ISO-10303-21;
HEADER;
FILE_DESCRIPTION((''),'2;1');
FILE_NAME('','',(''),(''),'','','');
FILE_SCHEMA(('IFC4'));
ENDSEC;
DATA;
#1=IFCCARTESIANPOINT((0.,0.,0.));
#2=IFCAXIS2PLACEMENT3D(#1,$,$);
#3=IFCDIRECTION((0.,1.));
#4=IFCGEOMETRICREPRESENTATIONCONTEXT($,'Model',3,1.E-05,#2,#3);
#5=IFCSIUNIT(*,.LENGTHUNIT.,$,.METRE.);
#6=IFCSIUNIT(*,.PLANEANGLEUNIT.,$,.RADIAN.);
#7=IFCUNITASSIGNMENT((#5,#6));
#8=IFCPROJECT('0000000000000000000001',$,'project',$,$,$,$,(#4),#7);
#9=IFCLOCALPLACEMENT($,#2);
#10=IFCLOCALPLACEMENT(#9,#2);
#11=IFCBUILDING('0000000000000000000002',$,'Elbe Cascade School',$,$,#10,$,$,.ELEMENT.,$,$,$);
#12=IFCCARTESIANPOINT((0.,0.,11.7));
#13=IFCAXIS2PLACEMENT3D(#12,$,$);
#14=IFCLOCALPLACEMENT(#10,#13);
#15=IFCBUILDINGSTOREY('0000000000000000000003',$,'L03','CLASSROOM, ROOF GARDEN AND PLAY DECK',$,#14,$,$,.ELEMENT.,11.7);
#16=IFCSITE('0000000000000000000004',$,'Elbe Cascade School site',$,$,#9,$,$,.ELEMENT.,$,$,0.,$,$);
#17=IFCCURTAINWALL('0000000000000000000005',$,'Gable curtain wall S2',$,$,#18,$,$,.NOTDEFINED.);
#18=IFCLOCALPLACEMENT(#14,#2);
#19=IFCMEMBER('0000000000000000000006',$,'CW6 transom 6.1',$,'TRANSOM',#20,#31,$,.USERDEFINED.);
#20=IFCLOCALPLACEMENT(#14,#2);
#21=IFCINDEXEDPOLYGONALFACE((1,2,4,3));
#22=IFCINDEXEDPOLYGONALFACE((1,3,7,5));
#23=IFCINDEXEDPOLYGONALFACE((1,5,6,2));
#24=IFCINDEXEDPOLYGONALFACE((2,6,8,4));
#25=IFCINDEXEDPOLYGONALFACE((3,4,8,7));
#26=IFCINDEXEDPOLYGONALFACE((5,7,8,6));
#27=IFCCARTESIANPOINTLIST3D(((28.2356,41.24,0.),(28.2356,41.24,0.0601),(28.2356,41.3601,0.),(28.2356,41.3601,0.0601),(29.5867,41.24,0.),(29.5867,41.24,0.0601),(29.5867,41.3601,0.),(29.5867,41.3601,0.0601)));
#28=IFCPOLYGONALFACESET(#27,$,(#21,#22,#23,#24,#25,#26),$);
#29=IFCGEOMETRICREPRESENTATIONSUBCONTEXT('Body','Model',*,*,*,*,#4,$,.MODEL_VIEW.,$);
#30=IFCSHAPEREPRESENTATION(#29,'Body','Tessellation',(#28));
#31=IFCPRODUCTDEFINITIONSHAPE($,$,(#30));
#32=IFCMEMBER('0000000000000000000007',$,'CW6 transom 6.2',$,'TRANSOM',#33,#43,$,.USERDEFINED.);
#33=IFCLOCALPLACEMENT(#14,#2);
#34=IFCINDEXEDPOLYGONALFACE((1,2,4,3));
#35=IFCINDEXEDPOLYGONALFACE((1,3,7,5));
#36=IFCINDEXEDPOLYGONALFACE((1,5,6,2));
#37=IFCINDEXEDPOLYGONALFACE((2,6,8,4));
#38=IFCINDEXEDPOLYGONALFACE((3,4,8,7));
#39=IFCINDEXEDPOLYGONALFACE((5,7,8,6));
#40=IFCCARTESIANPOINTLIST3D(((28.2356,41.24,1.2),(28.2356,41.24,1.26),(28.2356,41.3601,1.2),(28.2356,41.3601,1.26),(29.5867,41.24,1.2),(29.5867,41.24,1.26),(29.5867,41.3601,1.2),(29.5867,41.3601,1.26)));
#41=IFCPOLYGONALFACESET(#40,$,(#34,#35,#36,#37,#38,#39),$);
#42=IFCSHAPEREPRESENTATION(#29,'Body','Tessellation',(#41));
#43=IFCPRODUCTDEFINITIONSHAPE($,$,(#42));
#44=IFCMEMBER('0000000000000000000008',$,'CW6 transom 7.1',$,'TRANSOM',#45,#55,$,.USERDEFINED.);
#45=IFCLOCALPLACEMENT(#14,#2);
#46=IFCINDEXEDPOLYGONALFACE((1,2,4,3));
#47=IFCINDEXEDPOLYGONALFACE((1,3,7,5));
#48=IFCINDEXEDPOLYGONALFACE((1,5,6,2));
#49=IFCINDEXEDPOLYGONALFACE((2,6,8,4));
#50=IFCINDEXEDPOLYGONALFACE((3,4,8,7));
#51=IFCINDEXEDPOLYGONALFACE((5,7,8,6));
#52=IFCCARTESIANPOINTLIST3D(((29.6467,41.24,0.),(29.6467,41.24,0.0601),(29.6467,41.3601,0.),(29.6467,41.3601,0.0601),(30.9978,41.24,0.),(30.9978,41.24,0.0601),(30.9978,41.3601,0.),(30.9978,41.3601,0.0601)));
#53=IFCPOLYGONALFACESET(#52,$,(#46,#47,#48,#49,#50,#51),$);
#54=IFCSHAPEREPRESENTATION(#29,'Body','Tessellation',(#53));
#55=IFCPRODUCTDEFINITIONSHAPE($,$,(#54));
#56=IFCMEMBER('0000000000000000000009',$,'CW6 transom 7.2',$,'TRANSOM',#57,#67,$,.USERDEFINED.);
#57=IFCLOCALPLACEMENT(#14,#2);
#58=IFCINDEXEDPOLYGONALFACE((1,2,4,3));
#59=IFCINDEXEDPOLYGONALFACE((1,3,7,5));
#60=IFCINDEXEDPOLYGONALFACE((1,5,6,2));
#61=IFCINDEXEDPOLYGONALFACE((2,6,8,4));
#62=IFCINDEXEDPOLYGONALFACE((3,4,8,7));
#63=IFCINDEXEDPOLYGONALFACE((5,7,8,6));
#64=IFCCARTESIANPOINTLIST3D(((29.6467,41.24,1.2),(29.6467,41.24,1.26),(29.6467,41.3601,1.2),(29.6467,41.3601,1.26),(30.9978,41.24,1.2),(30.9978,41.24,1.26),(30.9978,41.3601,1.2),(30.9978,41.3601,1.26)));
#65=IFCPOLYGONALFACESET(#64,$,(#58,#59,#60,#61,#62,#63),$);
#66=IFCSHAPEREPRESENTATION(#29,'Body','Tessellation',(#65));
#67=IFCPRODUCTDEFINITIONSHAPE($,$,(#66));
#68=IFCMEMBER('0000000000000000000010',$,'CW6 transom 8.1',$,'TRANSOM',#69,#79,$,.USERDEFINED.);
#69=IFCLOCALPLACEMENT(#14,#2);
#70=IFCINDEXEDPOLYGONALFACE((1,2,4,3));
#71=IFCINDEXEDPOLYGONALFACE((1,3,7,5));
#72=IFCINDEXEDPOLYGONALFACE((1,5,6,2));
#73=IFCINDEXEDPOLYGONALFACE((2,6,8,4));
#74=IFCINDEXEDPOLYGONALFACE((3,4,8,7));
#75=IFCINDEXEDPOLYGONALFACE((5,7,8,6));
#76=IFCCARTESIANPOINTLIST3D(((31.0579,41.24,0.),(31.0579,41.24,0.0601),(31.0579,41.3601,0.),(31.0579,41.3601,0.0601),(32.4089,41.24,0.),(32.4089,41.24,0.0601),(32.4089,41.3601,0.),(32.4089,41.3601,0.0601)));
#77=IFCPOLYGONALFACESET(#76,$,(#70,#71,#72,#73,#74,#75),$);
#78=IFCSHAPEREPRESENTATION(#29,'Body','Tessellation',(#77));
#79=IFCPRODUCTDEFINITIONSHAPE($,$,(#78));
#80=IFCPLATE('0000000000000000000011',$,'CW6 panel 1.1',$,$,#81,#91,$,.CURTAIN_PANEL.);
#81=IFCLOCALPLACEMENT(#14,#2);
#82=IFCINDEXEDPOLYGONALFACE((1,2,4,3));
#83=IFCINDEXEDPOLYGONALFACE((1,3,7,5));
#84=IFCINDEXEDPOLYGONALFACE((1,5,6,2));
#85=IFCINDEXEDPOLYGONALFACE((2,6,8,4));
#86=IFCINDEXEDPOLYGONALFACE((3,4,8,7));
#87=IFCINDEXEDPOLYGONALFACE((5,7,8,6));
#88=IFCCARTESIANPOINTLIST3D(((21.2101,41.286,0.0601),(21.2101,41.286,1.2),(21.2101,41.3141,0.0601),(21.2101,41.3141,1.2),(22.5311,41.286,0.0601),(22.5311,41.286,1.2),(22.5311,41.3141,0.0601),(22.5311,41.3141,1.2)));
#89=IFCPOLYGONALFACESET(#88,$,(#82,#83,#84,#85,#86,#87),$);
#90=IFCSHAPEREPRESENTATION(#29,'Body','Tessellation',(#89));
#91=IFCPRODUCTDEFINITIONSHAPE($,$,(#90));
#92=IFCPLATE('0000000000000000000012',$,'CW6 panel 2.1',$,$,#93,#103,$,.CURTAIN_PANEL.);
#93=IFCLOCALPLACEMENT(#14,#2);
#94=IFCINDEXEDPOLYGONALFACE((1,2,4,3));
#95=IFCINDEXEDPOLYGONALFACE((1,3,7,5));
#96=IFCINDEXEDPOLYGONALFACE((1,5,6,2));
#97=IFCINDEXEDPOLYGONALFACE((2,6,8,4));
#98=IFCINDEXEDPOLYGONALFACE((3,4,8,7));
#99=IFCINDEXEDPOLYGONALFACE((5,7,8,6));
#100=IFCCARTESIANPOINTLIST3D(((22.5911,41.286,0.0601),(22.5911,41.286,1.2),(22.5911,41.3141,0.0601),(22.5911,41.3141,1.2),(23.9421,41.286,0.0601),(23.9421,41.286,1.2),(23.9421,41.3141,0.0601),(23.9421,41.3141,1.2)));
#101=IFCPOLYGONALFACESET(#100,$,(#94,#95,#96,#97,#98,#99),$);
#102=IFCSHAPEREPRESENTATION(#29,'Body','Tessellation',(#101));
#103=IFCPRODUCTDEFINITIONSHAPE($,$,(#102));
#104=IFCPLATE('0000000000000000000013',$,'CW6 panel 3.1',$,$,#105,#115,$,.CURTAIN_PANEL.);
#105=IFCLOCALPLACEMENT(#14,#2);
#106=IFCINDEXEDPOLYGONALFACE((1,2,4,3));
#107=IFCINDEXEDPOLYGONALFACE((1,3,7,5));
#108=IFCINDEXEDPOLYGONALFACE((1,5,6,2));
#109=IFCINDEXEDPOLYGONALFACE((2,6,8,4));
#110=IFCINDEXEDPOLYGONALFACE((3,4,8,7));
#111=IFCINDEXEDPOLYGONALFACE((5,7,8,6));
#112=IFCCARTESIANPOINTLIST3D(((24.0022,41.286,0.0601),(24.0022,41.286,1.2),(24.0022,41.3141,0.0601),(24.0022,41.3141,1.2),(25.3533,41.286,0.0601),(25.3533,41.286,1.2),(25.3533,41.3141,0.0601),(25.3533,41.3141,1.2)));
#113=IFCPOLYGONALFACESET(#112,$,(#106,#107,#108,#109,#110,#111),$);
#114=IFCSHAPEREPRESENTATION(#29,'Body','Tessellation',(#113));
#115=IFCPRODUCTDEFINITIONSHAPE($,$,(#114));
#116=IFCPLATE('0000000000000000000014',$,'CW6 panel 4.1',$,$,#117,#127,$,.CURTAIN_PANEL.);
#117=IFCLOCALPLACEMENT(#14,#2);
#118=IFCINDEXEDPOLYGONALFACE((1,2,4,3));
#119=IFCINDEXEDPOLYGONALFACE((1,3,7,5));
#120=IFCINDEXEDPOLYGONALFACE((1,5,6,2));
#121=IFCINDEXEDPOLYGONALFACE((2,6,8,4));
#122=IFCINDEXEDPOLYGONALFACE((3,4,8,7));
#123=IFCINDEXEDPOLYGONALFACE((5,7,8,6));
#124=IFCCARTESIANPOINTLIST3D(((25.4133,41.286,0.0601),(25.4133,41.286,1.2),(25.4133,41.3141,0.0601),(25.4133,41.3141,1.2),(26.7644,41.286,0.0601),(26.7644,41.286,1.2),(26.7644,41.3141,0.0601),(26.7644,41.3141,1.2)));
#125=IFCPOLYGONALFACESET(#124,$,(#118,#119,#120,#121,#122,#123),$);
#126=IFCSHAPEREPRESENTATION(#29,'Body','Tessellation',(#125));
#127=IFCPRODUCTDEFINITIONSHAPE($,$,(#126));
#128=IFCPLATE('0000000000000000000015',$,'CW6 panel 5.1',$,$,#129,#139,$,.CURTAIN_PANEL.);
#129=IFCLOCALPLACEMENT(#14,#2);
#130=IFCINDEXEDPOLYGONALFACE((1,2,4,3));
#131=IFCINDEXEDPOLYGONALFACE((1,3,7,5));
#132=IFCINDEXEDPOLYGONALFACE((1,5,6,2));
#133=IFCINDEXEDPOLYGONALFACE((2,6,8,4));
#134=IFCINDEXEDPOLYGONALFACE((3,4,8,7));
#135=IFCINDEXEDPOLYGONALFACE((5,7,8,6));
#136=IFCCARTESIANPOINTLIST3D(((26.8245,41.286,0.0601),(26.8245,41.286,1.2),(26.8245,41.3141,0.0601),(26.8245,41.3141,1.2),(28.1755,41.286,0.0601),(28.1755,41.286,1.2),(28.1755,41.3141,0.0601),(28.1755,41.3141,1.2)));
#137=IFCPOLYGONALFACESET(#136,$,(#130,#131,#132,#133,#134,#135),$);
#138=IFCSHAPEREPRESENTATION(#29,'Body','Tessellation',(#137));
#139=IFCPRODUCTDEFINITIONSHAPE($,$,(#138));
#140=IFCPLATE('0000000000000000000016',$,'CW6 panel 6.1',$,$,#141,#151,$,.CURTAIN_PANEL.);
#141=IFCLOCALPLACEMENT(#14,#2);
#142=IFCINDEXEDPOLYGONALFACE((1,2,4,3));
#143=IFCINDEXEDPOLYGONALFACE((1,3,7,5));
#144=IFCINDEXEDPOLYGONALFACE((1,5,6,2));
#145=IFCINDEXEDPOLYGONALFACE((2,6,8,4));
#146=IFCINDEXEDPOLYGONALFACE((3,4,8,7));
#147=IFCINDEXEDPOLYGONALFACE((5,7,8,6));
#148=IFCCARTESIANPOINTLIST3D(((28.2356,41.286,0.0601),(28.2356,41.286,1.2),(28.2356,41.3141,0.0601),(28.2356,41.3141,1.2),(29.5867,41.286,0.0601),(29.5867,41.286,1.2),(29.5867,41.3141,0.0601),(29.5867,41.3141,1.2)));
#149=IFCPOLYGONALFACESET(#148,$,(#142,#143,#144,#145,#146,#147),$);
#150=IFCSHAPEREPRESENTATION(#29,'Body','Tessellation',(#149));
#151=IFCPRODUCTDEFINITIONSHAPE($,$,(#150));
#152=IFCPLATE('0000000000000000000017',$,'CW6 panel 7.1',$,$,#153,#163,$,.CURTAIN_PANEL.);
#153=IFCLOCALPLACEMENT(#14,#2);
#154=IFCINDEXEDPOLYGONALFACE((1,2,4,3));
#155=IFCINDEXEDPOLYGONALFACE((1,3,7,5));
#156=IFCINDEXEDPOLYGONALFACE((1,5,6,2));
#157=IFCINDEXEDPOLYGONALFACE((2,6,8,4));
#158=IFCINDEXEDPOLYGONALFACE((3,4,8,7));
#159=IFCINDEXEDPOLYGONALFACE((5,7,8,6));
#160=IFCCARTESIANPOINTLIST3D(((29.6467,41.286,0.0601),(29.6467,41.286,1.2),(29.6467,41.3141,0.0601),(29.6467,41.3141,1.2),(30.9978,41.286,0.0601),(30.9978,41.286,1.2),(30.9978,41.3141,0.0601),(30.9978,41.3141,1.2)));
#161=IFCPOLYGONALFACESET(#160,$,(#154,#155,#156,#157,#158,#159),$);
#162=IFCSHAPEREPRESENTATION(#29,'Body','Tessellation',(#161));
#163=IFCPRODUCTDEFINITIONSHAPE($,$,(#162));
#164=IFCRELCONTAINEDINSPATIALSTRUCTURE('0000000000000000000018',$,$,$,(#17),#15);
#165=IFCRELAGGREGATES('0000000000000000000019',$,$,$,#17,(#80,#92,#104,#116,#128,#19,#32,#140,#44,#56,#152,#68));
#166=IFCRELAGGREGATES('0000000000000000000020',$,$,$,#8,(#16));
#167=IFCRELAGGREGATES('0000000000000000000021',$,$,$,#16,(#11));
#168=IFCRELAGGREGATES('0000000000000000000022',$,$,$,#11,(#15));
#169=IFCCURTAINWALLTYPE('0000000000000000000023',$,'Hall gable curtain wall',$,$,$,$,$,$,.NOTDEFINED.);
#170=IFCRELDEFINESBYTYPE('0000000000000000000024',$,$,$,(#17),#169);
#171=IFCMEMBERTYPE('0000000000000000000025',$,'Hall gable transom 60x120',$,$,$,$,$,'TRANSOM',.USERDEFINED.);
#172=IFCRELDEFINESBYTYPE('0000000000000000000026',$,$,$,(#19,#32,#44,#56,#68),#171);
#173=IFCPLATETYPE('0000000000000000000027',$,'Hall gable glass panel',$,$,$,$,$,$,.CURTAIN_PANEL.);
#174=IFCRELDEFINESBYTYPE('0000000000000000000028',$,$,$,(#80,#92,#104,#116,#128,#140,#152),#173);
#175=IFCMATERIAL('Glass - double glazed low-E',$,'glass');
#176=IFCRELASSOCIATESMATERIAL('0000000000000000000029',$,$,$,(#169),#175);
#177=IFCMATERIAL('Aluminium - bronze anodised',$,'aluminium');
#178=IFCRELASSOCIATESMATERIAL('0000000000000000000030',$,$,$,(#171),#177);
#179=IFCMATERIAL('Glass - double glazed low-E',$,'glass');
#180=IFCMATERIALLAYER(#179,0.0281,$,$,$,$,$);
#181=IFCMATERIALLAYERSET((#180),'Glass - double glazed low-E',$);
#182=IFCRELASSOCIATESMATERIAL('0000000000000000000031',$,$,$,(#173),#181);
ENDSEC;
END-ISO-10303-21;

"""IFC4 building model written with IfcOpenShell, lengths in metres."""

from ifc_helpers import new_model, si_unit, direction, frame, origin, origin_2d, place, context, subcontext, project, spatial, rectangle, extrude, material, layer, layer_set, material_profile, profile_set, type_object, element, aggregate, save


model = new_model("IFC4")

# Units and contexts
model_context = context("Model", 3, precision=1e-05, world=origin(), true_north=direction((0.0, 1.0)))
body_context = subcontext(model_context, "Body", "Model", "MODEL_VIEW")
ifc_project = project(units=[si_unit("LENGTHUNIT", "METRE"), si_unit("PLANEANGLEUNIT", "RADIAN")], contexts=[model_context])

# Site, building, storey
site_placement = place(None, origin())
site = spatial("IfcSite", under=ifc_project, at=site_placement, Name="Elbe Cascade School site", CompositionType="ELEMENT", RefElevation=0.0)
building_placement = place(site_placement, origin())
building = spatial("IfcBuilding", under=site, at=building_placement, Name="Elbe Cascade School", CompositionType="ELEMENT")
storey_placement = place(building_placement, frame((0.0, 0.0, 11.7)))
storey = spatial("IfcBuildingStorey", under=building, at=storey_placement, Name="L03", Description="CLASSROOM, ROOF GARDEN AND PLAY DECK", CompositionType="ELEMENT", Elevation=11.7)

# Curtain wall, members, plates
ifc_material_1 = material(Name="Glass - double glazed low-E", Category="glass")
curtain_wall_type = type_object("IfcCurtainWallType", Name="Hall gable curtain wall", PredefinedType="NOTDEFINED", material=ifc_material_1)
curtain_wall_placement = place(storey_placement, origin())
curtain_wall = element("IfcCurtainWall", 1, at=curtain_wall_placement, inside=storey, type_object=curtain_wall_type, Name="Gable curtain wall S2", PredefinedType="NOTDEFINED")
ifc_material_2 = material(Name="Aluminium - bronze anodised", Category="aluminium")
ifc_material_profile_1 = material_profile(ifc_material_2, rectangle(XDim=0.1201, YDim=0.0601, at=origin_2d()), Name="Alu 60x120")
ifc_profile_set_1 = profile_set([ifc_material_profile_1], Name="Aluminium - bronze anodised")
member_type_1 = type_object("IfcMemberType", Name="Hall gable transom 60x120", ElementType="TRANSOM", PredefinedType="USERDEFINED", material=ifc_profile_set_1)
member_1_placement = place(storey_placement, frame((28.2356, 41.3, 0.03), z_axis=(1.0, 0.0, 0.0), x_axis=(0.0, 1.0, 0.0)))
member_1 = element("IfcMember", 2, at=member_1_placement, type_object=member_type_1, Name="CW6 transom 6.1", ObjectType="TRANSOM", PredefinedType="USERDEFINED", context=body_context, shape_type="SweptSolid", body=[
    extrude(rectangle(XDim=0.1201, YDim=0.0601, at=origin_2d()), origin(), (0.0, 0.0, 1.0), 1.3511),
])
member_2_placement = place(storey_placement, frame((28.2356, 41.3, 1.23), z_axis=(1.0, 0.0, 0.0), x_axis=(0.0, 1.0, 0.0)))
member_2 = element("IfcMember", 3, at=member_2_placement, type_object=member_type_1, Name="CW6 transom 6.2", ObjectType="TRANSOM", PredefinedType="USERDEFINED", context=body_context, shape_type="SweptSolid", body=[
    extrude(rectangle(XDim=0.1201, YDim=0.0601, at=origin_2d()), origin(), (0.0, 0.0, 1.0), 1.3511),
])
member_3_placement = place(storey_placement, frame((29.6467, 41.3, 0.03), z_axis=(1.0, 0.0, 0.0), x_axis=(0.0, 1.0, 0.0)))
member_3 = element("IfcMember", 4, at=member_3_placement, type_object=member_type_1, Name="CW6 transom 7.1", ObjectType="TRANSOM", PredefinedType="USERDEFINED", context=body_context, shape_type="SweptSolid", body=[
    extrude(rectangle(XDim=0.1201, YDim=0.0601, at=origin_2d()), origin(), (0.0, 0.0, 1.0), 1.3511),
])
member_4_placement = place(storey_placement, frame((29.6467, 41.3, 1.23), z_axis=(1.0, 0.0, 0.0), x_axis=(0.0, 1.0, 0.0)))
member_4 = element("IfcMember", 5, at=member_4_placement, type_object=member_type_1, Name="CW6 transom 7.2", ObjectType="TRANSOM", PredefinedType="USERDEFINED", context=body_context, shape_type="SweptSolid", body=[
    extrude(rectangle(XDim=0.1201, YDim=0.0601, at=origin_2d()), origin(), (0.0, 0.0, 1.0), 1.3511),
])
member_5_placement = place(storey_placement, frame((31.0579, 41.3, 0.03), z_axis=(1.0, 0.0, 0.0), x_axis=(0.0, 1.0, 0.0)))
member_5 = element("IfcMember", 6, at=member_5_placement, type_object=member_type_1, Name="CW6 transom 8.1", ObjectType="TRANSOM", PredefinedType="USERDEFINED", context=body_context, shape_type="SweptSolid", body=[
    extrude(rectangle(XDim=0.1201, YDim=0.0601, at=origin_2d()), origin(), (0.0, 0.0, 1.0), 1.3511),
])
ifc_material_3 = material(Name="Glass - double glazed low-E", Category="glass")
ifc_layer = layer(ifc_material_3, 0.0281)
ifc_layer_set = layer_set([ifc_layer], Name="Glass - double glazed low-E")
plate_type = type_object("IfcPlateType", Name="Hall gable glass panel", PredefinedType="CURTAIN_PANEL", material=ifc_layer_set)
plate_1_placement = place(storey_placement, frame((21.8706, 41.3, 0.0601), z_axis=(0.0, 0.0, 1.0), x_axis=(1.0, 0.0, 0.0)))
plate_1 = element("IfcPlate", 7, at=plate_1_placement, type_object=plate_type, Name="CW6 panel 1.1", PredefinedType="CURTAIN_PANEL", context=body_context, shape_type="SweptSolid", body=[
    extrude(rectangle(XDim=1.321, YDim=0.0281, at=origin_2d()), origin(), (0.0, 0.0, 1.0), 1.1399),
])
plate_2_placement = place(storey_placement, frame((23.2666, 41.3, 0.0601), z_axis=(0.0, 0.0, 1.0), x_axis=(1.0, 0.0, 0.0)))
plate_2 = element("IfcPlate", 8, at=plate_2_placement, type_object=plate_type, Name="CW6 panel 2.1", PredefinedType="CURTAIN_PANEL", context=body_context, shape_type="SweptSolid", body=[
    extrude(rectangle(XDim=1.3511, YDim=0.0281, at=origin_2d()), origin(), (0.0, 0.0, 1.0), 1.1399),
])
plate_3_placement = place(storey_placement, frame((24.6777, 41.3, 0.0601), z_axis=(0.0, 0.0, 1.0), x_axis=(1.0, 0.0, 0.0)))
plate_3 = element("IfcPlate", 9, at=plate_3_placement, type_object=plate_type, Name="CW6 panel 3.1", PredefinedType="CURTAIN_PANEL", context=body_context, shape_type="SweptSolid", body=[
    extrude(rectangle(XDim=1.3511, YDim=0.0281, at=origin_2d()), origin(), (0.0, 0.0, 1.0), 1.1399),
])
plate_4_placement = place(storey_placement, frame((26.0889, 41.3, 0.0601), z_axis=(0.0, 0.0, 1.0), x_axis=(1.0, 0.0, 0.0)))
plate_4 = element("IfcPlate", 10, at=plate_4_placement, type_object=plate_type, Name="CW6 panel 4.1", PredefinedType="CURTAIN_PANEL", context=body_context, shape_type="SweptSolid", body=[
    extrude(rectangle(XDim=1.3511, YDim=0.0281, at=origin_2d()), origin(), (0.0, 0.0, 1.0), 1.1399),
])
plate_5_placement = place(storey_placement, frame((27.5, 41.3, 0.0601), z_axis=(0.0, 0.0, 1.0), x_axis=(1.0, 0.0, 0.0)))
plate_5 = element("IfcPlate", 11, at=plate_5_placement, type_object=plate_type, Name="CW6 panel 5.1", PredefinedType="CURTAIN_PANEL", context=body_context, shape_type="SweptSolid", body=[
    extrude(rectangle(XDim=1.3511, YDim=0.0281, at=origin_2d()), origin(), (0.0, 0.0, 1.0), 1.1399),
])
plate_6_placement = place(storey_placement, frame((28.9111, 41.3, 0.0601), z_axis=(0.0, 0.0, 1.0), x_axis=(1.0, 0.0, 0.0)))
plate_6 = element("IfcPlate", 12, at=plate_6_placement, type_object=plate_type, Name="CW6 panel 6.1", PredefinedType="CURTAIN_PANEL", context=body_context, shape_type="SweptSolid", body=[
    extrude(rectangle(XDim=1.3511, YDim=0.0281, at=origin_2d()), origin(), (0.0, 0.0, 1.0), 1.1399),
])
plate_7_placement = place(storey_placement, frame((30.3223, 41.3, 0.0601), z_axis=(0.0, 0.0, 1.0), x_axis=(1.0, 0.0, 0.0)))
plate_7 = element("IfcPlate", 13, at=plate_7_placement, type_object=plate_type, Name="CW6 panel 7.1", PredefinedType="CURTAIN_PANEL", context=body_context, shape_type="SweptSolid", body=[
    extrude(rectangle(XDim=1.3511, YDim=0.0281, at=origin_2d()), origin(), (0.0, 0.0, 1.0), 1.1399),
])
aggregate(curtain_wall, [plate_1, plate_2, plate_3, plate_4, plate_5, member_1, member_2, plate_6, member_3, member_4, plate_7, member_5])

save(model, "model.ifc")
